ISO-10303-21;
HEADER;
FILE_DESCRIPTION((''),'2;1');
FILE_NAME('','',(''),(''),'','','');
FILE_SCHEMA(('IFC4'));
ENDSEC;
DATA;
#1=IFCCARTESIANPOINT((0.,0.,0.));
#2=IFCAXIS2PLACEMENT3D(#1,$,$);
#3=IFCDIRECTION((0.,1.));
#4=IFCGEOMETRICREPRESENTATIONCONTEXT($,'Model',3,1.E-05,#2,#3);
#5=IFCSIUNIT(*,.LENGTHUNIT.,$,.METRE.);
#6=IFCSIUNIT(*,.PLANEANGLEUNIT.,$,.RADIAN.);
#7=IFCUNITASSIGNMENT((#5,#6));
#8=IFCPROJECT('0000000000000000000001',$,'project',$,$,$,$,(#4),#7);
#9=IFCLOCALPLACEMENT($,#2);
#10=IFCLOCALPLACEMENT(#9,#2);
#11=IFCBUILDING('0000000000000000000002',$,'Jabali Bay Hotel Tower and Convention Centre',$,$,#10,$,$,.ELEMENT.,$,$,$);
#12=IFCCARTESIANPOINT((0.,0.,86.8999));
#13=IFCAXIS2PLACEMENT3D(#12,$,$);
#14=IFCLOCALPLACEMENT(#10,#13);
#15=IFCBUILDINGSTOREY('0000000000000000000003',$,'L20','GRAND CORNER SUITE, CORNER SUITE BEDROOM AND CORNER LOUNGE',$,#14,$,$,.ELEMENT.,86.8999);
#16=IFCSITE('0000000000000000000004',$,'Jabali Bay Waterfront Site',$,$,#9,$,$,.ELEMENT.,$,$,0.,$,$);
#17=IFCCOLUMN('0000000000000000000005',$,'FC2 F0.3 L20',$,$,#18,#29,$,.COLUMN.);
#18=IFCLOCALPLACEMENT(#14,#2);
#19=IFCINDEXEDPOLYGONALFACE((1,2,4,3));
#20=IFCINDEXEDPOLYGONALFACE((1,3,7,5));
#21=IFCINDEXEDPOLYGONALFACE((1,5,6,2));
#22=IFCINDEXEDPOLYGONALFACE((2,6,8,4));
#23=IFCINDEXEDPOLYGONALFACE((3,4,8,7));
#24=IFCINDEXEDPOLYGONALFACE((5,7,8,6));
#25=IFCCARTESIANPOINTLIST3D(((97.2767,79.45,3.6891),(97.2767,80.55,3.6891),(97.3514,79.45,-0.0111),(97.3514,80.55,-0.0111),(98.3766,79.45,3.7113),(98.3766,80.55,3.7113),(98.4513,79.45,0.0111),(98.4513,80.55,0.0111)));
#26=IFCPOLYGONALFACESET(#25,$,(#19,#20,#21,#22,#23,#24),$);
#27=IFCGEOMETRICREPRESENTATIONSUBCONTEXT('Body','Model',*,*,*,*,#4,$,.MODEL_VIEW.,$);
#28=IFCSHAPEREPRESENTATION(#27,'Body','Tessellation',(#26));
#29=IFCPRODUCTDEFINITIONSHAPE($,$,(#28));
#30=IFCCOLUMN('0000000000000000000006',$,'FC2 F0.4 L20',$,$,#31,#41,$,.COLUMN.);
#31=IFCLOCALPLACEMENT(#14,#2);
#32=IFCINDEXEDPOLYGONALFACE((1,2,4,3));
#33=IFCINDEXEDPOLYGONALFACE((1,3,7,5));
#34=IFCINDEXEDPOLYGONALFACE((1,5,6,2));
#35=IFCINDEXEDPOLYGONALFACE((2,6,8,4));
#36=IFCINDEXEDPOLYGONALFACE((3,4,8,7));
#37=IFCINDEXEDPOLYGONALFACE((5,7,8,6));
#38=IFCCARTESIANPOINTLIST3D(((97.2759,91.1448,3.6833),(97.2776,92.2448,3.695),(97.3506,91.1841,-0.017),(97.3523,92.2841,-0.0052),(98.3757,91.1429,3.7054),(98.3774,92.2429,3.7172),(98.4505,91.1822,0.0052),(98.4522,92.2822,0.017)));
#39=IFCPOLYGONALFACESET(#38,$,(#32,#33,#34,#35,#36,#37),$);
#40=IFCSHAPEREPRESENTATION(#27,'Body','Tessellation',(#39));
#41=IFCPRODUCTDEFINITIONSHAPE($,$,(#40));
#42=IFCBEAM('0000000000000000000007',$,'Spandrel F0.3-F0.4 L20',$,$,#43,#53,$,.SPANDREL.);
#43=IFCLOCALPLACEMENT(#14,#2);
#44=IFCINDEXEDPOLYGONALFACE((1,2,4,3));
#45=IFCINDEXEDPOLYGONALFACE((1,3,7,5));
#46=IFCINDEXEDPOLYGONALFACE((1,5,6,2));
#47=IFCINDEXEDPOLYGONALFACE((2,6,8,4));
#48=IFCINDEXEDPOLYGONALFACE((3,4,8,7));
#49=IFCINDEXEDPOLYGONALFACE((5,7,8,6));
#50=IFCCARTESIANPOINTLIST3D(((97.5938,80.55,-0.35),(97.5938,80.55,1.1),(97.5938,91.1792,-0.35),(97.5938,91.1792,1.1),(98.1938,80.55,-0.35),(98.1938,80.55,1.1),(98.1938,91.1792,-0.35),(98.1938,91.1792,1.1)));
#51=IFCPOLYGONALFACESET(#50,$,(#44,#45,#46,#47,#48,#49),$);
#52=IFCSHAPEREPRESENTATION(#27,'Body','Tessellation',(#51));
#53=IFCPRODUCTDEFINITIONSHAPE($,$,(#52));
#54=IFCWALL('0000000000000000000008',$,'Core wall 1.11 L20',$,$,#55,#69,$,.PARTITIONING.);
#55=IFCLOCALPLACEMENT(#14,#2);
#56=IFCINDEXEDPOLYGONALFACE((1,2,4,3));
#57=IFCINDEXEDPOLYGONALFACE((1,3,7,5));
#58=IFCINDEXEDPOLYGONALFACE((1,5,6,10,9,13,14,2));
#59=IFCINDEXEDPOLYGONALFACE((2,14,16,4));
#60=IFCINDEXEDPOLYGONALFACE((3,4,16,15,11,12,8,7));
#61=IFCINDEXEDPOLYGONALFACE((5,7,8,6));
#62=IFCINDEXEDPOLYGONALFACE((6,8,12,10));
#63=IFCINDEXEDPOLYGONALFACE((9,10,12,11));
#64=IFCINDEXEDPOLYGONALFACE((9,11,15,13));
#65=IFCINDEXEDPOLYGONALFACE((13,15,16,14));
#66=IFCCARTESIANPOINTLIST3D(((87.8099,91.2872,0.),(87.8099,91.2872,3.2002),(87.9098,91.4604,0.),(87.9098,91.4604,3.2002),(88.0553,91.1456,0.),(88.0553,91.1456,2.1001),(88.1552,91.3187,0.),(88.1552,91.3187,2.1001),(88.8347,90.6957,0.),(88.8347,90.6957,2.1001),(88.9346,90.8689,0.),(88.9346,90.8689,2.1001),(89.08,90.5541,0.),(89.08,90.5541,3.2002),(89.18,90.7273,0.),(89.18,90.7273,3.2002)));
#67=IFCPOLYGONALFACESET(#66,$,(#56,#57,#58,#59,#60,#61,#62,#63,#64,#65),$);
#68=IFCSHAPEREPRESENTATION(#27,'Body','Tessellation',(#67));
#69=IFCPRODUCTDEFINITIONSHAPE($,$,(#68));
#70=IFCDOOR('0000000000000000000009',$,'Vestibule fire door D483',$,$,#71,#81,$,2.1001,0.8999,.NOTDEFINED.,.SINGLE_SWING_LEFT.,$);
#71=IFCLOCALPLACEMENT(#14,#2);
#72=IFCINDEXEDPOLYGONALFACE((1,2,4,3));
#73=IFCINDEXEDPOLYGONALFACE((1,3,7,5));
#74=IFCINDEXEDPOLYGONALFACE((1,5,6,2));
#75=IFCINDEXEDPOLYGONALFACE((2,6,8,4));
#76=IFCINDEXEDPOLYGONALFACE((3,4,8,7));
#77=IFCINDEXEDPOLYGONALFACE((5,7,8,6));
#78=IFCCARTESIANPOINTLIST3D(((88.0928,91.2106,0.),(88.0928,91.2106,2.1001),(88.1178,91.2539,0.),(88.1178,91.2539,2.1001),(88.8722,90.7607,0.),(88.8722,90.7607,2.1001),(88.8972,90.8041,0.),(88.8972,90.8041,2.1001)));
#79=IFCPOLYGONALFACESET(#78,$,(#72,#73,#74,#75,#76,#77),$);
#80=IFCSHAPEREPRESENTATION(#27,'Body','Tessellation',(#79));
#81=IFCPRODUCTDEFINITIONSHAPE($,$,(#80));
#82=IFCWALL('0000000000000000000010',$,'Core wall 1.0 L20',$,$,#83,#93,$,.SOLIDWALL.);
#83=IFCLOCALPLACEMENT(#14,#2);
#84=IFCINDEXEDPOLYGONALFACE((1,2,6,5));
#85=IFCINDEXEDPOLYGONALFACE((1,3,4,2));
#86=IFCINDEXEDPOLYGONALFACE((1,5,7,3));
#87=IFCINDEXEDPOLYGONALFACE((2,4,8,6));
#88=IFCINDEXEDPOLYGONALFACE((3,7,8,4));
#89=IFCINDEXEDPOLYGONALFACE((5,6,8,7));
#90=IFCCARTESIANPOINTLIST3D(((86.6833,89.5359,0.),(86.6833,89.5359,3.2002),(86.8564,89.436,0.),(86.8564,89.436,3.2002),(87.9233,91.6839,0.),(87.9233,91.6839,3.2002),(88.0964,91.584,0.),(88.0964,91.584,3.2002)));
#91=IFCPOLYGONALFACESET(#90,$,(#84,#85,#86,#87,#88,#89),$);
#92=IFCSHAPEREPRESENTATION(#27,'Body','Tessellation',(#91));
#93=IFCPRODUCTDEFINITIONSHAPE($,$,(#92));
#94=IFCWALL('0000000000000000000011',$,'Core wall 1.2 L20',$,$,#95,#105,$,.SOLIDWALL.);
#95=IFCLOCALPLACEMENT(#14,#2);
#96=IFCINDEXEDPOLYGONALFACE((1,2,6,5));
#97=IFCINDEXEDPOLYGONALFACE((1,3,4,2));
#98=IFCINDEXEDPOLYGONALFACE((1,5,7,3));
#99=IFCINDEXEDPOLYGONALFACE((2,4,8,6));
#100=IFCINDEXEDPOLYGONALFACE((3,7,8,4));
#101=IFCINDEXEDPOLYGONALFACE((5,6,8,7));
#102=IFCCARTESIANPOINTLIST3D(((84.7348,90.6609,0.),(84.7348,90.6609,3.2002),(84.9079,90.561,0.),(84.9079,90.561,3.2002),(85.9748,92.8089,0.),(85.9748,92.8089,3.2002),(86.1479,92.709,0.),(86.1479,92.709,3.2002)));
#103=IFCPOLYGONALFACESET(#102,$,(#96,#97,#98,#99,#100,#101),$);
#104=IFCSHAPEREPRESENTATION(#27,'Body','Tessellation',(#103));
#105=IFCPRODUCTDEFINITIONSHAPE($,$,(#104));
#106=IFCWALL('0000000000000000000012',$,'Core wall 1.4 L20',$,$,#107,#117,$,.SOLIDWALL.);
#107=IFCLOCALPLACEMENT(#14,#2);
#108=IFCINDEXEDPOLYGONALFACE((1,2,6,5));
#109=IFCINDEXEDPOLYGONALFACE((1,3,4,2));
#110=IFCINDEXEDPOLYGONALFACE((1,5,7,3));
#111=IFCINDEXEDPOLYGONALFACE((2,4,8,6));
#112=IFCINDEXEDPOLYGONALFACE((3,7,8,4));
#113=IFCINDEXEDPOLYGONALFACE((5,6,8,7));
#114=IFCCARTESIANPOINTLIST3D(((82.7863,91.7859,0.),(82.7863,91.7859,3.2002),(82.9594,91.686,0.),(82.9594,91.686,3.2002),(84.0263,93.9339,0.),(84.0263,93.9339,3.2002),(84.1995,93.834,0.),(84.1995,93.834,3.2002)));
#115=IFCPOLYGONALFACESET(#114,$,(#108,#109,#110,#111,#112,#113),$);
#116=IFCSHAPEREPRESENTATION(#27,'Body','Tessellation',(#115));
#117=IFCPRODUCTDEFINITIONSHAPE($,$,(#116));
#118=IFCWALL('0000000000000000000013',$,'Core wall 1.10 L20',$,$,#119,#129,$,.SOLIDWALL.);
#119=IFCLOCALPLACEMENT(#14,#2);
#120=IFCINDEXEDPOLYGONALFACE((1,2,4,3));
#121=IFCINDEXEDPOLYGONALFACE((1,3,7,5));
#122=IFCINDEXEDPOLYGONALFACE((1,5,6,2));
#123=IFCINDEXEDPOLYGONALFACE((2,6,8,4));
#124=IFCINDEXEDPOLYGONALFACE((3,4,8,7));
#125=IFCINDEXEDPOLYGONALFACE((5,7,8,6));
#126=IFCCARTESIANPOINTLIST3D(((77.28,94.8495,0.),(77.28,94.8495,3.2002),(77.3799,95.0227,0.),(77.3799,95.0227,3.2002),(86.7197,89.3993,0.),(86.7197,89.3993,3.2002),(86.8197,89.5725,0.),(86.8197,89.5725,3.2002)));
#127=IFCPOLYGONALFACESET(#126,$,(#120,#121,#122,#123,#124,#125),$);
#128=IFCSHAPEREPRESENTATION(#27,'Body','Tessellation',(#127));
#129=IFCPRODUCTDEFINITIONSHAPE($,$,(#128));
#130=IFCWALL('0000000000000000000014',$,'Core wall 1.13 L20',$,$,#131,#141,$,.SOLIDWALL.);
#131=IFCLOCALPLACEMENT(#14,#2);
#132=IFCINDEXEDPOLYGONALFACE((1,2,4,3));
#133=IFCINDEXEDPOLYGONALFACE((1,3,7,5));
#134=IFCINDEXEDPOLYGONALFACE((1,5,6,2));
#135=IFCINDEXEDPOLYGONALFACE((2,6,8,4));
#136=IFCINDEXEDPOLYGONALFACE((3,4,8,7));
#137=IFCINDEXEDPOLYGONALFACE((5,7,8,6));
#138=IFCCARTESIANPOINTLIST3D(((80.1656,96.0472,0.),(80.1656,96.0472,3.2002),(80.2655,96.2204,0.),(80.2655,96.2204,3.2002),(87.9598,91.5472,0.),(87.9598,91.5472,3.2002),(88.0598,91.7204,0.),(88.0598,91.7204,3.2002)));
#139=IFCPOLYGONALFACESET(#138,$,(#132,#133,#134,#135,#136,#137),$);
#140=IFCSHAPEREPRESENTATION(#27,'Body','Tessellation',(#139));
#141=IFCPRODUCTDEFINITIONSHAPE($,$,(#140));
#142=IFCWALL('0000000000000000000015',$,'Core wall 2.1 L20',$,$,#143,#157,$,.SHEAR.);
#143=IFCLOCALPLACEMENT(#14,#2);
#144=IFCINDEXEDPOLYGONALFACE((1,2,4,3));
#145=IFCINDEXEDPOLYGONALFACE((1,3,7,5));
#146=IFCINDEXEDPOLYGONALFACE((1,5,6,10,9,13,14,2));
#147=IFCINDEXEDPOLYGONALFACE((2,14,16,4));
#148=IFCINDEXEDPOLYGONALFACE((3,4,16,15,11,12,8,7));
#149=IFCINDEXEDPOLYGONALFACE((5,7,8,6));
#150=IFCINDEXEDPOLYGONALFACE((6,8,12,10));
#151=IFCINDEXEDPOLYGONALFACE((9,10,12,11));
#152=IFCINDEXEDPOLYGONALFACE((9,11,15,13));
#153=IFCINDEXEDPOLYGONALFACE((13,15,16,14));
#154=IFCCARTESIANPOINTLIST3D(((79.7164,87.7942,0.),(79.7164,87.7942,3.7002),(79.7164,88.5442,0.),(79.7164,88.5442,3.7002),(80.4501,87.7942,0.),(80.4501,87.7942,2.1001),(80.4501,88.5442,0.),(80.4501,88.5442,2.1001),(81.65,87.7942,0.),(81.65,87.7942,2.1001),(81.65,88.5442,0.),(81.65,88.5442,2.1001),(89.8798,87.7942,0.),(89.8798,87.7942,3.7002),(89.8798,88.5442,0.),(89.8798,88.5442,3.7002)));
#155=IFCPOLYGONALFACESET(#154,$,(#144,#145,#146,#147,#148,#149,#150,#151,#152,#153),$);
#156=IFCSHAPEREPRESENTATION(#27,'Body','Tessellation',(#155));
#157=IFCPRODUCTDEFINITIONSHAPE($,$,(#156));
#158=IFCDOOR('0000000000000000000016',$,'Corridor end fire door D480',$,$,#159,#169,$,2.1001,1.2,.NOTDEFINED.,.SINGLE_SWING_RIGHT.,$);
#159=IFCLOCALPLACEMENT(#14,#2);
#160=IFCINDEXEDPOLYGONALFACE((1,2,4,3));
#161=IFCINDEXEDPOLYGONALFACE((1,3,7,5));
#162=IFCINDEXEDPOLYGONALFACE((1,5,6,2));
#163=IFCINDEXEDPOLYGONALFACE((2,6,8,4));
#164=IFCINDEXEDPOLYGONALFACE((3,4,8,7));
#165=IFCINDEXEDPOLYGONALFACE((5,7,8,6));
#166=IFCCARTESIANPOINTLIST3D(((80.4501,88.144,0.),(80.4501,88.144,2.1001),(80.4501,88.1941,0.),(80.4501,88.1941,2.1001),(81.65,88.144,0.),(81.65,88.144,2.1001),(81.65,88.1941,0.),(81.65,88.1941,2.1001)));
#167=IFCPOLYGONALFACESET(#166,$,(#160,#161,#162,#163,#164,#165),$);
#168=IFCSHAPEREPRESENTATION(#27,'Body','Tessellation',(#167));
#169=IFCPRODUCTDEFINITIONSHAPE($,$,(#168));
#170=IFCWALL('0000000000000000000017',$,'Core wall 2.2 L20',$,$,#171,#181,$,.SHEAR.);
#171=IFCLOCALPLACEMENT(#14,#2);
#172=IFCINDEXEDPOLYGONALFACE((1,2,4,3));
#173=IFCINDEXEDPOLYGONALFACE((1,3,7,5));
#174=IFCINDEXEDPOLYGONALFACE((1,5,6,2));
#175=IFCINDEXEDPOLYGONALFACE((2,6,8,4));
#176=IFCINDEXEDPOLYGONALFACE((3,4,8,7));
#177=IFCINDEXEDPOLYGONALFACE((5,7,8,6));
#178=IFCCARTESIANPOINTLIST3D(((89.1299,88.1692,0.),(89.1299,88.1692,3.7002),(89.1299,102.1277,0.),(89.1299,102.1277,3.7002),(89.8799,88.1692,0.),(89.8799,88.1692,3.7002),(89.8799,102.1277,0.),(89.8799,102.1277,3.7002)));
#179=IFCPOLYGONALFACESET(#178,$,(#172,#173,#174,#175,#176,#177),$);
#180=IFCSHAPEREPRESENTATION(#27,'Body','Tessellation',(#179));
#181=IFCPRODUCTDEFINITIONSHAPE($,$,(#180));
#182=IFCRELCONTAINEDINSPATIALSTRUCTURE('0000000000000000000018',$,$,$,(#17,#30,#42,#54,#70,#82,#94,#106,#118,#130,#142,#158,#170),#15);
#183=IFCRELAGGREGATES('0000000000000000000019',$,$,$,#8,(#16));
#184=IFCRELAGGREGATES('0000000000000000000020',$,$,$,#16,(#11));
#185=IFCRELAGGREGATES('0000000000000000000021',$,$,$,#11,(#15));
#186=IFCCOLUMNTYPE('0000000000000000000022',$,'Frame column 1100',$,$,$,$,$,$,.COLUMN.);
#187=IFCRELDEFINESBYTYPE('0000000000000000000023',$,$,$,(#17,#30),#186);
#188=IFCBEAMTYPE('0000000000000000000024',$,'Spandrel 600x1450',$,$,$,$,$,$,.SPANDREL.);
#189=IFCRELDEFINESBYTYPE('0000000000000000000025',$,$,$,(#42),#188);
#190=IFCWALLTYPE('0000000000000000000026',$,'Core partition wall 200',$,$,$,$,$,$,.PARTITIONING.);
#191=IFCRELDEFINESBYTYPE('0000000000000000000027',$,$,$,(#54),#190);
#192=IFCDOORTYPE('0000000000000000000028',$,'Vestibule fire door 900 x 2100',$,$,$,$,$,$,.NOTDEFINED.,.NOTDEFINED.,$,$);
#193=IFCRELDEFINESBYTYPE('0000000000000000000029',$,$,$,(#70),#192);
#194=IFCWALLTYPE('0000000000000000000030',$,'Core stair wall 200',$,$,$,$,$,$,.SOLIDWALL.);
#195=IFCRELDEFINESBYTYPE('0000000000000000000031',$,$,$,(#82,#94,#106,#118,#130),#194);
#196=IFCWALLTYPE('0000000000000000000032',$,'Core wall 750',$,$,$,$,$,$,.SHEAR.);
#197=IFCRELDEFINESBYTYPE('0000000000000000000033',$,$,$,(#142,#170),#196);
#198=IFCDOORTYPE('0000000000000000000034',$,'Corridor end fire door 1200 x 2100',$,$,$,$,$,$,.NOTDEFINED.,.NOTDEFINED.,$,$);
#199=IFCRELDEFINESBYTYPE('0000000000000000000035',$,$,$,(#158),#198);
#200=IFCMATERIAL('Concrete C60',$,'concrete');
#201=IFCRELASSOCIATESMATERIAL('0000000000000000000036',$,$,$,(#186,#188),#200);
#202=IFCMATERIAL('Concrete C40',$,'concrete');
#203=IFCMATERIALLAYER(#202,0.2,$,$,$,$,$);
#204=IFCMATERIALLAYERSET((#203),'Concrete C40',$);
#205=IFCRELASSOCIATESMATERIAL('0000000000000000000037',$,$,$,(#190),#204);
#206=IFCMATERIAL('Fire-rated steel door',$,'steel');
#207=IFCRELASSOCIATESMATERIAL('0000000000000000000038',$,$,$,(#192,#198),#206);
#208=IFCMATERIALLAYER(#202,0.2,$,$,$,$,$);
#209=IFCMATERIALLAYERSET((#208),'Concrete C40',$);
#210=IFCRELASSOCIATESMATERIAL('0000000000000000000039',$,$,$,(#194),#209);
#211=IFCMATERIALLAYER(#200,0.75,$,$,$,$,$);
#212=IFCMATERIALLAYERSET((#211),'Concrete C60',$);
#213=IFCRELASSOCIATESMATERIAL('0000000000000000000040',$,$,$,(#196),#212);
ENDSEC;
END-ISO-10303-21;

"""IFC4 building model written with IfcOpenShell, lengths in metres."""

from ifc_helpers import new_model, si_unit, direction, frame, frame_2d, origin, origin_2d, place, context, subcontext, project, spatial, rectangle, extrude, material, layer, layer_set, material_profile, profile_set, type_object, element, fill, save


model = new_model("IFC4")

# Units and contexts
model_context = context("Model", 3, precision=1e-05, world=origin(), true_north=direction((0.0, 1.0)))
body_context = subcontext(model_context, "Body", "Model", "MODEL_VIEW")
ifc_project = project(units=[si_unit("LENGTHUNIT", "METRE"), si_unit("PLANEANGLEUNIT", "RADIAN")], contexts=[model_context])

# Site, building, storey
site_placement = place(None, origin())
site = spatial("IfcSite", under=ifc_project, at=site_placement, Name="Jabali Bay Waterfront Site", CompositionType="ELEMENT", RefElevation=0.0)
building_placement = place(site_placement, origin())
building = spatial("IfcBuilding", under=site, at=building_placement, Name="Jabali Bay Hotel Tower and Convention Centre", CompositionType="ELEMENT")
storey_placement = place(building_placement, frame((0.0, 0.0, 86.8999)))
storey = spatial("IfcBuildingStorey", under=building, at=storey_placement, Name="L20", Description="GRAND CORNER SUITE, CORNER SUITE BEDROOM AND CORNER LOUNGE", CompositionType="ELEMENT", Elevation=86.8999)

# Columns
ifc_material_1 = material(Name="Concrete C60", Category="concrete")
ifc_material_profile_1 = material_profile(ifc_material_1, rectangle(XDim=1.1001, YDim=1.1001, at=origin_2d()), Name="Frame column 1100")
ifc_profile_set_1 = profile_set([ifc_material_profile_1], Name="Concrete C60")
column_type = type_object("IfcColumnType", Name="Frame column 1100", PredefinedType="COLUMN", material=ifc_profile_set_1)
column_1_placement = place(storey_placement, frame((97.9014, 80.0, 0.0), z_axis=(-0.020186, 0.0, 0.999796), x_axis=(0.0, -1.0, 0.0)))
element("IfcColumn", 1, at=column_1_placement, inside=storey, type_object=column_type, Name="FC2 F0.3 L20", PredefinedType="COLUMN", context=body_context, shape_type="SweptSolid", body=[
    extrude(rectangle(XDim=1.1001, YDim=1.1001, at=origin_2d()), origin(), (0.0, 0.0, 1.0), 3.7009),
])
column_2_placement = place(storey_placement, frame((97.9014, 91.7332, 0.0), z_axis=(-0.020185, -0.01062, 0.99974), x_axis=(0.999795, -0.001758, 0.020167)))
element("IfcColumn", 2, at=column_2_placement, inside=storey, type_object=column_type, Name="FC2 F0.4 L20", PredefinedType="COLUMN", context=body_context, shape_type="SweptSolid", body=[
    extrude(rectangle(XDim=1.1001, YDim=1.1001, at=origin_2d()), origin(), (0.0, 0.0, 1.0), 3.7012),
])

# Beam
ifc_material_profile_2 = material_profile(ifc_material_1, rectangle(XDim=0.6001, YDim=1.45, at=origin_2d()), Name="Spandrel 600x1450")
ifc_profile_set_2 = profile_set([ifc_material_profile_2], Name="Concrete C60")
beam_type = type_object("IfcBeamType", Name="Spandrel 600x1450", PredefinedType="SPANDREL", material=ifc_profile_set_2)
beam_placement = place(storey_placement, frame((97.8938, 80.55, 0.375), z_axis=(0.0, 1.0, 0.0), x_axis=(-1.0, 0.0, 0.0)))
element("IfcBeam", 3, at=beam_placement, inside=storey, type_object=beam_type, Name="Spandrel F0.3-F0.4 L20", PredefinedType="SPANDREL", context=body_context, shape_type="SweptSolid", body=[
    extrude(rectangle(XDim=0.6001, YDim=1.45, at=origin_2d()), origin(), (0.0, 0.0, 1.0), 10.6292),
])

# Wall, opening, door
ifc_material_2 = material(Name="Concrete C40", Category="concrete")
ifc_layer_1 = layer(ifc_material_2, 0.2)
ifc_layer_set_1 = layer_set([ifc_layer_1], Name="Concrete C40")
wall_type_1 = type_object("IfcWallType", Name="Core partition wall 200", PredefinedType="PARTITIONING", material=ifc_layer_set_1)
wall_1_placement = place(storey_placement, frame((89.1301, 90.6406, 0.0), z_axis=(0.0, 0.0, 1.0), x_axis=(-0.866094, 0.499881, 0.0)))
wall_1 = element("IfcWall", 4, at=wall_1_placement, inside=storey, type_object=wall_type_1, Name="Core wall 1.11 L20", PredefinedType="PARTITIONING", context=body_context, shape_type="SweptSolid", body=[
    extrude(rectangle(XDim=1.4666, YDim=0.2, at=frame_2d((0.7334, 0.0))), origin(), (0.0, 0.0, 1.0), 3.2002),
])
opening_1_placement = place(wall_1_placement, frame((0.2834, 0.0, 0.0)))
opening_1 = element("IfcOpeningElement", 5, at=opening_1_placement, cuts=wall_1, PredefinedType="OPENING", context=body_context, shape_type="SweptSolid", body=[
    extrude(rectangle(XDim=0.8999, YDim=2.1001, at=frame_2d((0.45, 1.05))), frame((0.0, 0.1104, 0.0), z_axis=(0.0, -1.0, 0.0), x_axis=(1.0, 0.0, 0.0)), (0.0, 0.0, 1.0), 0.2209),
])
ifc_material_3 = material(Name="Fire-rated steel door", Category="steel")
door_type_1 = type_object("IfcDoorType", Name="Vestibule fire door 900 x 2100", OperationType="NOTDEFINED", PredefinedType="NOTDEFINED", material=ifc_material_3)
door_1_placement = place(opening_1_placement, origin())
door_1 = element("IfcDoor", 6, at=door_1_placement, inside=storey, type_object=door_type_1, Name="Vestibule fire door D483", OperationType="SINGLE_SWING_LEFT", OverallHeight=2.1001, OverallWidth=0.8999, PredefinedType="NOTDEFINED", context=body_context, shape_type="SweptSolid", body=[
    extrude(rectangle(XDim=0.8999, YDim=2.1001, at=frame_2d((0.45, 1.05))), frame((0.0, 0.0249, 0.0), z_axis=(0.0, -1.0, 0.0), x_axis=(1.0, 0.0, 0.0)), (0.0, 0.0, 1.0), 0.05),
])
fill(opening_1, door_1)

# Walls
ifc_layer_2 = layer(ifc_material_2, 0.2)
ifc_layer_set_2 = layer_set([ifc_layer_2], Name="Concrete C40")
wall_type_2 = type_object("IfcWallType", Name="Core stair wall 200", PredefinedType="SOLIDWALL", material=ifc_layer_set_2)
for number, where, z_axis, x_axis, name in (
    (7, (86.7698, 89.4858, 0.0), (0.0, 0.0, 1.0), (0.499961, 0.866048, 0.0), "Core wall 1.0 L20"),
    (8, (84.8213, 90.6108, 0.0), (0.0, 0.0, 1.0), (0.499961, 0.866048, 0.0), "Core wall 1.2 L20"),
    (9, (82.8728, 91.7358, 0.0), (0.0, 0.0, 1.0), (0.499961, 0.866048, 0.0), "Core wall 1.4 L20"),
):
    element("IfcWall", number, at=place(storey_placement, frame(where, z_axis=z_axis, x_axis=x_axis)), inside=storey, type_object=wall_type_2, Name=name, PredefinedType="SOLIDWALL", context=body_context, shape_type="SweptSolid", body=[
        extrude(rectangle(XDim=2.4802, YDim=0.2, at=frame_2d((1.2402, 0.0))), origin(), (0.0, 0.0, 1.0), 3.2002),
    ])
wall_2_placement = place(storey_placement, frame((86.7698, 89.4858, 0.0), z_axis=(0.0, 0.0, 1.0), x_axis=(-0.866018, 0.500013, 0.0)))
element("IfcWall", 10, at=wall_2_placement, inside=storey, type_object=wall_type_2, Name="Core wall 1.10 L20", PredefinedType="SOLIDWALL", context=body_context, shape_type="SweptSolid", body=[
    extrude(rectangle(XDim=10.9001, YDim=0.2, at=frame_2d((5.4502, 0.0))), origin(), (0.0, 0.0, 1.0), 3.2002),
])
wall_3_placement = place(storey_placement, frame((88.0098, 91.6338, 0.0), z_axis=(0.0, 0.0, 1.0), x_axis=(-0.866024, 0.500002, 0.0)))
element("IfcWall", 11, at=wall_3_placement, inside=storey, type_object=wall_type_2, Name="Core wall 1.13 L20", PredefinedType="SOLIDWALL", context=body_context, shape_type="SweptSolid", body=[
    extrude(rectangle(XDim=9.0, YDim=0.2, at=frame_2d((4.5, 0.0))), origin(), (0.0, 0.0, 1.0), 3.2002),
])

# Wall, opening, door
ifc_layer_3 = layer(ifc_material_1, 0.75)
ifc_layer_set_3 = layer_set([ifc_layer_3], Name="Concrete C60")
wall_type_3 = type_object("IfcWallType", Name="Core wall 750", PredefinedType="SHEAR", material=ifc_layer_set_3)
wall_4_placement = place(storey_placement, frame((79.7166, 88.1692, 0.0), z_axis=(0.0, 0.0, 1.0), x_axis=(1.0, 0.0, 0.0)))
wall_4 = element("IfcWall", 12, at=wall_4_placement, inside=storey, type_object=wall_type_3, Name="Core wall 2.1 L20", PredefinedType="SHEAR", context=body_context, shape_type="SweptSolid", body=[
    extrude(rectangle(XDim=10.1633, YDim=0.75, at=frame_2d((5.0815, 0.0))), origin(), (0.0, 0.0, 1.0), 3.7002),
])
opening_2_placement = place(wall_4_placement, frame((0.7334, 0.0, 0.0)))
opening_2 = element("IfcOpeningElement", 13, at=opening_2_placement, cuts=wall_4, PredefinedType="OPENING", context=body_context, shape_type="SweptSolid", body=[
    extrude(rectangle(XDim=1.2, YDim=2.1001, at=frame_2d((0.6001, 1.05))), frame((0.0, 0.3855, 0.0), z_axis=(0.0, -1.0, 0.0), x_axis=(1.0, 0.0, 0.0)), (0.0, 0.0, 1.0), 0.771),
])
door_type_2 = type_object("IfcDoorType", Name="Corridor end fire door 1200 x 2100", OperationType="NOTDEFINED", PredefinedType="NOTDEFINED", material=ifc_material_3)
door_2_placement = place(opening_2_placement, origin())
door_2 = element("IfcDoor", 14, at=door_2_placement, inside=storey, type_object=door_type_2, Name="Corridor end fire door D480", OperationType="SINGLE_SWING_RIGHT", OverallHeight=2.1001, OverallWidth=1.2, PredefinedType="NOTDEFINED", context=body_context, shape_type="SweptSolid", body=[
    extrude(rectangle(XDim=1.2, YDim=2.1001, at=frame_2d((0.6001, 1.05))), frame((0.0, 0.0249, 0.0), z_axis=(0.0, -1.0, 0.0), x_axis=(1.0, 0.0, 0.0)), (0.0, 0.0, 1.0), 0.05),
])
fill(opening_2, door_2)

# Wall
wall_5_placement = place(storey_placement, frame((89.5049, 88.1692, 0.0), z_axis=(0.0, 0.0, 1.0), x_axis=(0.0, 1.0, 0.0)))
element("IfcWall", 15, at=wall_5_placement, inside=storey, type_object=wall_type_3, Name="Core wall 2.2 L20", PredefinedType="SHEAR", context=body_context, shape_type="SweptSolid", body=[
    extrude(rectangle(XDim=13.9585, YDim=0.75, at=frame_2d((6.9792, 0.0))), origin(), (0.0, 0.0, 1.0), 3.7002),
])

save(model, "model.ifc")
